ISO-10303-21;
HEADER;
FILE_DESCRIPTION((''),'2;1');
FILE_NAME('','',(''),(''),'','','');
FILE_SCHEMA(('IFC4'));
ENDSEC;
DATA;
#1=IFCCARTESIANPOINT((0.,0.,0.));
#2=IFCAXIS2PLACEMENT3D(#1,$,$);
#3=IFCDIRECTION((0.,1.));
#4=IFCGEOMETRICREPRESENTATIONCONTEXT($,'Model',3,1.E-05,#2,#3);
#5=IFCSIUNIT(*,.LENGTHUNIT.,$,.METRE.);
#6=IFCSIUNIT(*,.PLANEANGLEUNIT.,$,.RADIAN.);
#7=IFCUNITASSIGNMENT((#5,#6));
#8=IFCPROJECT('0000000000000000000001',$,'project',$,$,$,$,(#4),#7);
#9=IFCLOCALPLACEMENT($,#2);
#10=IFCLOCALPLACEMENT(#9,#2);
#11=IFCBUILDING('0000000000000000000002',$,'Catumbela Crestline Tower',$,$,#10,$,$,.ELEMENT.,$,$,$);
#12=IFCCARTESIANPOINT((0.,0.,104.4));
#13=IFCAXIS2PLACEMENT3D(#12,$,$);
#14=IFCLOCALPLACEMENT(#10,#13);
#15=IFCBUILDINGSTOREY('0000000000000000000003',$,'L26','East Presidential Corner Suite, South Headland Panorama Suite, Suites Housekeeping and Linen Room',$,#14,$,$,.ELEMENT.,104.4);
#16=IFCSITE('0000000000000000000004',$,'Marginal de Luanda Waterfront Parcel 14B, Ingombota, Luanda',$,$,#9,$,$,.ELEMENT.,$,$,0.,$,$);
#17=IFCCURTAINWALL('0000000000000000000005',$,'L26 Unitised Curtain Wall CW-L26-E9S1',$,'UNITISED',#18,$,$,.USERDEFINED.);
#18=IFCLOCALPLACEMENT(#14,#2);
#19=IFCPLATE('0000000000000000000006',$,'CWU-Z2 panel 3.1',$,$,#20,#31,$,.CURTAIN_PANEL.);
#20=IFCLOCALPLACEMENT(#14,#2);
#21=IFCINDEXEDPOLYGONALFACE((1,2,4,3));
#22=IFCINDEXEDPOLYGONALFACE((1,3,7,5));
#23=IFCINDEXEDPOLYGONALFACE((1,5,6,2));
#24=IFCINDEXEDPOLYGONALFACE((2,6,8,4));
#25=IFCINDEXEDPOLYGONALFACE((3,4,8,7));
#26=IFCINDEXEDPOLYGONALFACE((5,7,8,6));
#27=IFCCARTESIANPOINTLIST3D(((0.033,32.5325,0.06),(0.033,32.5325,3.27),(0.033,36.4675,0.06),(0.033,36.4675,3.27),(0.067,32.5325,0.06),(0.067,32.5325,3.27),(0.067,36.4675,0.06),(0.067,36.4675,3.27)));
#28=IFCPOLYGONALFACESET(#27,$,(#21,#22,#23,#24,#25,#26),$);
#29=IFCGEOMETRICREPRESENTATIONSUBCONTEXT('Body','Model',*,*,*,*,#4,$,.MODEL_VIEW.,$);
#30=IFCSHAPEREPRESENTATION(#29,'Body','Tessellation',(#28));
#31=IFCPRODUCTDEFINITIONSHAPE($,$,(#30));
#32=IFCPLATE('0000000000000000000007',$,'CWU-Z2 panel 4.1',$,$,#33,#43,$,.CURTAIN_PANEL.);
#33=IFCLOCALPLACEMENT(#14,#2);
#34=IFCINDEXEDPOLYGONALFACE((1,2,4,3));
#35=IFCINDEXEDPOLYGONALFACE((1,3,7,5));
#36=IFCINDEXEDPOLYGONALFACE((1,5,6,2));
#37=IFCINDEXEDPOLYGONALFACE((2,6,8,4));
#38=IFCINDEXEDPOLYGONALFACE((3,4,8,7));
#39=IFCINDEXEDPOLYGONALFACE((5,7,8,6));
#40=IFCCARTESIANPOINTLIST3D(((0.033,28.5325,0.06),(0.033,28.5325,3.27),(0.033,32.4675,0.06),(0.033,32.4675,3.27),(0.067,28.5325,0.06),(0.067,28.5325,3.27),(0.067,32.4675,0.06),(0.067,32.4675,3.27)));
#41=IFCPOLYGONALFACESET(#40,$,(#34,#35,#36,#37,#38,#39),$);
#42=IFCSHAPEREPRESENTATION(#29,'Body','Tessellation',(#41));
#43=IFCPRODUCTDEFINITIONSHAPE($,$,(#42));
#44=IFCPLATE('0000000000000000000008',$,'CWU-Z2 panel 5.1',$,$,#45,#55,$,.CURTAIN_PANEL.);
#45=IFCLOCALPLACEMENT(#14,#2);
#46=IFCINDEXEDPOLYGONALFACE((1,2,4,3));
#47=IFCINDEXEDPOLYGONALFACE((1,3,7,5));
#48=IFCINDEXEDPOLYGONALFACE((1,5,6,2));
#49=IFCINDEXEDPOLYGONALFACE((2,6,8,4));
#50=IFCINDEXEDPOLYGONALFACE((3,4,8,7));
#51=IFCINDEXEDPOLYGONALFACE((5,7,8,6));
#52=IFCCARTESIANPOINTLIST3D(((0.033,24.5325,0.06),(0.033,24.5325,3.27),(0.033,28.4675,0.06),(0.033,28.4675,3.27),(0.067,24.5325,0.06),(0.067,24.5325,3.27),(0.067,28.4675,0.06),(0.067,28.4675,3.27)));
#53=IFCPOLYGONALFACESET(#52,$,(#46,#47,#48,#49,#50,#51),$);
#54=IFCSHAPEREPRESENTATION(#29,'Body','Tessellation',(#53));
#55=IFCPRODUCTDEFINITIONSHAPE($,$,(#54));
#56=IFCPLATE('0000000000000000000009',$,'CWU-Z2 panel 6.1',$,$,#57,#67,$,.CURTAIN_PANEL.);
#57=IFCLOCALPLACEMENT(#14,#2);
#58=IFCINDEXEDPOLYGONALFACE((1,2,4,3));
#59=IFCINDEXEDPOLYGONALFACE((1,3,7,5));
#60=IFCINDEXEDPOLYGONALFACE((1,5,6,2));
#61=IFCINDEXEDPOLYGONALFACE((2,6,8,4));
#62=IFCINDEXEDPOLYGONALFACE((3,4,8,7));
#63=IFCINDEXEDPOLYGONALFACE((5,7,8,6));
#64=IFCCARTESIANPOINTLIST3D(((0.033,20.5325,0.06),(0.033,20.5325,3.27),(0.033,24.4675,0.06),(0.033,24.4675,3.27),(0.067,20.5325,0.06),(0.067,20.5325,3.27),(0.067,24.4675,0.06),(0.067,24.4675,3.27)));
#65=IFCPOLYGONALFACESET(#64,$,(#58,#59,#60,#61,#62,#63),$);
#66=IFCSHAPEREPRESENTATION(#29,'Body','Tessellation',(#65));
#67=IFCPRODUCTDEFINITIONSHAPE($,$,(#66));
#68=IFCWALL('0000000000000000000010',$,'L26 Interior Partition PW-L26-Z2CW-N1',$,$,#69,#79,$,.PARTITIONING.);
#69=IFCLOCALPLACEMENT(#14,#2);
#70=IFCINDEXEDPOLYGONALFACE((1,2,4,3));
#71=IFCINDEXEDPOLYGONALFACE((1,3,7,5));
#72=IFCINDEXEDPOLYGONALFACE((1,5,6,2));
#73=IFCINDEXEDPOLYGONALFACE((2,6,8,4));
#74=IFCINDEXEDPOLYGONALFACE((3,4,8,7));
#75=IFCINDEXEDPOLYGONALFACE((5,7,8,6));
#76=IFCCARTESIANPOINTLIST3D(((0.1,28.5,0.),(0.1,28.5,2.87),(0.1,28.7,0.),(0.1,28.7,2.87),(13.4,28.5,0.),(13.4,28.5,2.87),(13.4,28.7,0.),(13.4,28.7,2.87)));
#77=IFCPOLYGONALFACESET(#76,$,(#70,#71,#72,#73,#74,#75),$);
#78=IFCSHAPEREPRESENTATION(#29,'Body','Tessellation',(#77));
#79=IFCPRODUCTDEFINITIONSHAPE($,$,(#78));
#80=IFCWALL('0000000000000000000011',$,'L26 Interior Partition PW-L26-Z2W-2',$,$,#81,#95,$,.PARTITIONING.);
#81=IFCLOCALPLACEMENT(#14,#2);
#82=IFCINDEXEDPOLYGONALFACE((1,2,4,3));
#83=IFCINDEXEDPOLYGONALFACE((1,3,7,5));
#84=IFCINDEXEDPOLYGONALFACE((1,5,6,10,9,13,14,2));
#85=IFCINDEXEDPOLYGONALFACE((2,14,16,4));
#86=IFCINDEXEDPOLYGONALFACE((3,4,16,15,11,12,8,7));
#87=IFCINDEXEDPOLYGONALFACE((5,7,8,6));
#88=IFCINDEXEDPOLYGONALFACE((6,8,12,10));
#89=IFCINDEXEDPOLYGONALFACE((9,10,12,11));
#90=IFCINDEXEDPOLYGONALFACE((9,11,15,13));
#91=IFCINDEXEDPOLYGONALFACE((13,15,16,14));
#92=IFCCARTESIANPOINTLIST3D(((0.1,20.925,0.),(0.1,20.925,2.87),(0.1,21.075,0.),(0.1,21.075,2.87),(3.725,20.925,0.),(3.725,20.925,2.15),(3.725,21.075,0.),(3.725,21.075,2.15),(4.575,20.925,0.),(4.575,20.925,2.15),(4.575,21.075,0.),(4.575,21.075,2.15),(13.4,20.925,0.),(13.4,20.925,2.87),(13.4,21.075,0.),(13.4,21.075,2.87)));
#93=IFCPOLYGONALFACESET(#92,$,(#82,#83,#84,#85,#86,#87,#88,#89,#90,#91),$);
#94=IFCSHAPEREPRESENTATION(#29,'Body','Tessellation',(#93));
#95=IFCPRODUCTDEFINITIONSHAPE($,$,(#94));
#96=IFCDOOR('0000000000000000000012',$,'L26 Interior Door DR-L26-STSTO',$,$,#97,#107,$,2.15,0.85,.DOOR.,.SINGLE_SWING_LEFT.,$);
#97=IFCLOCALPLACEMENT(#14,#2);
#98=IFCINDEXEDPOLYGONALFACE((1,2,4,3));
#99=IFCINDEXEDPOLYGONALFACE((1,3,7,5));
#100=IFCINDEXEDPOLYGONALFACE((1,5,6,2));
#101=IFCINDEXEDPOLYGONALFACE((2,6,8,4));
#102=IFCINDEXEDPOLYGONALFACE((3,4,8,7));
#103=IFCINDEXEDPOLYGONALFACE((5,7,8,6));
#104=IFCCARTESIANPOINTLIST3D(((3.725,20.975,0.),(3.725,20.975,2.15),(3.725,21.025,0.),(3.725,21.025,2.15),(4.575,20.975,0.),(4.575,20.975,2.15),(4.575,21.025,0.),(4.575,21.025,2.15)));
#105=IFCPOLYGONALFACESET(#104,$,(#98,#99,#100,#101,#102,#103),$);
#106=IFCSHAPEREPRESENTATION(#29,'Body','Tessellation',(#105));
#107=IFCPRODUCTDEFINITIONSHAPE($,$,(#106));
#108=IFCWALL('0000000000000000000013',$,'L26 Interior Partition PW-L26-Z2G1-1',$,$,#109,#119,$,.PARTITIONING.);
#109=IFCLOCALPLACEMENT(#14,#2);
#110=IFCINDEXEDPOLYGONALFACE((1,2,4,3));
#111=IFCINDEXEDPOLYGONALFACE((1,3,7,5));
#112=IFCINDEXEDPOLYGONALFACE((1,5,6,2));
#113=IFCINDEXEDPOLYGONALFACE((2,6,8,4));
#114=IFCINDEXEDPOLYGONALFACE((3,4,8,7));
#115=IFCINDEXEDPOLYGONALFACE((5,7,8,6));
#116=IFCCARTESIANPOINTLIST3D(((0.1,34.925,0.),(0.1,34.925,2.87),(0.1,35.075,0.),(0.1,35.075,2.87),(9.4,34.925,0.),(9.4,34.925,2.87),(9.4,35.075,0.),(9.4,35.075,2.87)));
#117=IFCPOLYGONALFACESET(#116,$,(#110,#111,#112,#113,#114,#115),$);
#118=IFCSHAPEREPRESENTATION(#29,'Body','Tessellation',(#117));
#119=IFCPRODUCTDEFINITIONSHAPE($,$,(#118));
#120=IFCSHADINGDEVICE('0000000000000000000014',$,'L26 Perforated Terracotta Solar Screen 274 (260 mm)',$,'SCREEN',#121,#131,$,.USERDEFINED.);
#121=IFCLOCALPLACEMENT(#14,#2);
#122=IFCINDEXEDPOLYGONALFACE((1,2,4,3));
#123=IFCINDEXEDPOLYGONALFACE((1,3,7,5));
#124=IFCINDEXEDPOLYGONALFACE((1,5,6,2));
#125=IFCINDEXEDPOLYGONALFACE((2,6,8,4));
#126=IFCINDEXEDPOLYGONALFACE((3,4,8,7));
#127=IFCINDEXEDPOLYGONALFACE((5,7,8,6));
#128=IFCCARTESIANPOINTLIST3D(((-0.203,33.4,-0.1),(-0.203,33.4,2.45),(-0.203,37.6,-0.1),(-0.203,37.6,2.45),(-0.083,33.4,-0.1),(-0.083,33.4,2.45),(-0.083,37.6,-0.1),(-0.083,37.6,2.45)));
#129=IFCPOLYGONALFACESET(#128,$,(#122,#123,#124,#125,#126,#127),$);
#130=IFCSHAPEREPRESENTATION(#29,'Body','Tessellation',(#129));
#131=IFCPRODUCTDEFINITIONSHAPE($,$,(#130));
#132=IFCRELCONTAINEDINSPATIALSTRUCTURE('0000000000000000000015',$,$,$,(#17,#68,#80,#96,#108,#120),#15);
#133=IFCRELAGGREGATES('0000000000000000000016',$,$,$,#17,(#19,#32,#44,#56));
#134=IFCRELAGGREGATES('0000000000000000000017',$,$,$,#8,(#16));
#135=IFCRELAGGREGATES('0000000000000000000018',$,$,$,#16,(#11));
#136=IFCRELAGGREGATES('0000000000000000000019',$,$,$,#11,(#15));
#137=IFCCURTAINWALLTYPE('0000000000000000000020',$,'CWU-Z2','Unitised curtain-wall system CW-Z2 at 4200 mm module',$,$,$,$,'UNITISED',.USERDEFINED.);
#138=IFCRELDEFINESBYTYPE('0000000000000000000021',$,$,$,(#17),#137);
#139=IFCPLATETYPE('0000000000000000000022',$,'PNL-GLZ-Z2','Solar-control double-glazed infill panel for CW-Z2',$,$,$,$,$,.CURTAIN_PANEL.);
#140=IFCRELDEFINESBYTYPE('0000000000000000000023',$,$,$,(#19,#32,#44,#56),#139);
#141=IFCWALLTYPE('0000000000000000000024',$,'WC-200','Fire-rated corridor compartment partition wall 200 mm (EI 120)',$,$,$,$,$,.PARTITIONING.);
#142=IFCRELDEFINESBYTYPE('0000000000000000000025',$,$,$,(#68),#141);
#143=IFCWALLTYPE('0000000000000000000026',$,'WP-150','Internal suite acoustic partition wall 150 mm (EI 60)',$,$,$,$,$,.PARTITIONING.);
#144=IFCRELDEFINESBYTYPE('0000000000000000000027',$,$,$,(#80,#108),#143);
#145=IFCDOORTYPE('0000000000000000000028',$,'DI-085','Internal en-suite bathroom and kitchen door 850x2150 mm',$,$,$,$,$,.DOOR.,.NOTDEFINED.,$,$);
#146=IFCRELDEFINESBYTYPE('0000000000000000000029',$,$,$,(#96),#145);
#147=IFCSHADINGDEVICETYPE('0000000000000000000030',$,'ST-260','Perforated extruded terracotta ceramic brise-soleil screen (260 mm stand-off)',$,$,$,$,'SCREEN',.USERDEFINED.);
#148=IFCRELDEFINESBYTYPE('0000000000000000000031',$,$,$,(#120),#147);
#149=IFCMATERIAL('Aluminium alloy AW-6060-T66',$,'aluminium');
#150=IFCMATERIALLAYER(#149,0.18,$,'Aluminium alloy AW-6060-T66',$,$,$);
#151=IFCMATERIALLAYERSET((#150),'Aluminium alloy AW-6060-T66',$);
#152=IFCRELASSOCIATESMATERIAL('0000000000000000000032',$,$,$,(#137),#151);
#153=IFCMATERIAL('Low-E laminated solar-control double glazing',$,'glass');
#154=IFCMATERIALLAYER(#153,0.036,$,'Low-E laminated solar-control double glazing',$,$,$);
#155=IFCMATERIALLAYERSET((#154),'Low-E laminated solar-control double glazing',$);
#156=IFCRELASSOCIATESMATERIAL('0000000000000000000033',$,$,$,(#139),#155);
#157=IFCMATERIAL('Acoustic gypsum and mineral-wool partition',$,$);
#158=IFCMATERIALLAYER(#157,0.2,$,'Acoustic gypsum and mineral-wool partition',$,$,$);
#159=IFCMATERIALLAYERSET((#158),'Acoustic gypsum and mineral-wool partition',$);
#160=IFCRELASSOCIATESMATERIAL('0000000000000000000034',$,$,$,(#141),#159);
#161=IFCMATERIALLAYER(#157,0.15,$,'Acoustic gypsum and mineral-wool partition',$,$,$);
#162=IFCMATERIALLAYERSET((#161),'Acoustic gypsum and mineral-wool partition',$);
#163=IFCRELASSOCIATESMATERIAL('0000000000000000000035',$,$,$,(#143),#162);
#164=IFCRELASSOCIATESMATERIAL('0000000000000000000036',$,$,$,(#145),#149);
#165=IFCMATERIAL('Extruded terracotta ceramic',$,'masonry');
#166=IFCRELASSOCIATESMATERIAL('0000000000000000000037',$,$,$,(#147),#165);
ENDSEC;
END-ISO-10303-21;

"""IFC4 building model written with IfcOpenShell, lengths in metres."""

from ifc_helpers import new_model, si_unit, direction, frame, frame_2d, origin, origin_2d, place, context, subcontext, project, spatial, rectangle, extrude, material, layer, layer_set, type_object, element, fill, aggregate, save


model = new_model("IFC4")

# Units and contexts
model_context = context("Model", 3, precision=1e-05, world=origin(), true_north=direction((0.0, 1.0)))
body_context = subcontext(model_context, "Body", "Model", "MODEL_VIEW")
ifc_project = project(units=[si_unit("LENGTHUNIT", "METRE"), si_unit("PLANEANGLEUNIT", "RADIAN")], contexts=[model_context])

# Site, building, storey
site_placement = place(None, origin())
site = spatial("IfcSite", under=ifc_project, at=site_placement, Name="Marginal de Luanda Waterfront Parcel 14B, Ingombota, Luanda", CompositionType="ELEMENT", RefElevation=0.0)
building_placement = place(site_placement, origin())
building = spatial("IfcBuilding", under=site, at=building_placement, Name="Catumbela Crestline Tower", CompositionType="ELEMENT")
storey_placement = place(building_placement, frame((0.0, 0.0, 104.4)))
storey = spatial("IfcBuildingStorey", under=building, at=storey_placement, Name="L26", Description="East Presidential Corner Suite, South Headland Panorama Suite, Suites Housekeeping and Linen Room", CompositionType="ELEMENT", Elevation=104.4)

# Curtain wall
ifc_material_1 = material(Name="Aluminium alloy AW-6060-T66", Category="aluminium")
ifc_layer_1 = layer(ifc_material_1, 0.18, Name="Aluminium alloy AW-6060-T66")
ifc_layer_set_1 = layer_set([ifc_layer_1], Name="Aluminium alloy AW-6060-T66")
curtain_wall_type = type_object("IfcCurtainWallType", Name="CWU-Z2", Description="Unitised curtain-wall system CW-Z2 at 4200 mm module", ElementType="UNITISED", PredefinedType="USERDEFINED", material=ifc_layer_set_1)
curtain_wall_placement = place(storey_placement, origin())
curtain_wall = element("IfcCurtainWall", 1, at=curtain_wall_placement, inside=storey, type_object=curtain_wall_type, Name="L26 Unitised Curtain Wall CW-L26-E9S1", ObjectType="UNITISED", PredefinedType="USERDEFINED")

# Plates
ifc_material_2 = material(Name="Low-E laminated solar-control double glazing", Category="glass")
ifc_layer_2 = layer(ifc_material_2, 0.036, Name="Low-E laminated solar-control double glazing")
ifc_layer_set_2 = layer_set([ifc_layer_2], Name="Low-E laminated solar-control double glazing")
plate_type = type_object("IfcPlateType", Name="PNL-GLZ-Z2", Description="Solar-control double-glazed infill panel for CW-Z2", PredefinedType="CURTAIN_PANEL", material=ifc_layer_set_2)
plate_1_placement = place(storey_placement, frame((0.05, 34.5, 0.06), z_axis=(0.0, 0.0, 1.0), x_axis=(0.0, -1.0, 0.0)))
plate_1 = element("IfcPlate", 2, at=plate_1_placement, type_object=plate_type, Name="CWU-Z2 panel 3.1", PredefinedType="CURTAIN_PANEL", context=body_context, shape_type="SweptSolid", body=[
    extrude(rectangle(XDim=3.935, YDim=0.034, at=origin_2d()), origin(), (0.0, 0.0, 1.0), 3.21),
])
plate_2_placement = place(storey_placement, frame((0.05, 30.5, 0.06), z_axis=(0.0, 0.0, 1.0), x_axis=(0.0, -1.0, 0.0)))
plate_2 = element("IfcPlate", 3, at=plate_2_placement, type_object=plate_type, Name="CWU-Z2 panel 4.1", PredefinedType="CURTAIN_PANEL", context=body_context, shape_type="SweptSolid", body=[
    extrude(rectangle(XDim=3.935, YDim=0.034, at=origin_2d()), origin(), (0.0, 0.0, 1.0), 3.21),
])
plate_3_placement = place(storey_placement, frame((0.05, 26.5, 0.06), z_axis=(0.0, 0.0, 1.0), x_axis=(0.0, -1.0, 0.0)))
plate_3 = element("IfcPlate", 4, at=plate_3_placement, type_object=plate_type, Name="CWU-Z2 panel 5.1", PredefinedType="CURTAIN_PANEL", context=body_context, shape_type="SweptSolid", body=[
    extrude(rectangle(XDim=3.935, YDim=0.034, at=origin_2d()), origin(), (0.0, 0.0, 1.0), 3.21),
])
plate_4_placement = place(storey_placement, frame((0.05, 22.5, 0.06), z_axis=(0.0, 0.0, 1.0), x_axis=(0.0, -1.0, 0.0)))
plate_4 = element("IfcPlate", 5, at=plate_4_placement, type_object=plate_type, Name="CWU-Z2 panel 6.1", PredefinedType="CURTAIN_PANEL", context=body_context, shape_type="SweptSolid", body=[
    extrude(rectangle(XDim=3.935, YDim=0.034, at=origin_2d()), origin(), (0.0, 0.0, 1.0), 3.21),
])
aggregate(curtain_wall, [plate_1, plate_2, plate_3, plate_4])

# Wall
ifc_material_3 = material(Name="Acoustic gypsum and mineral-wool partition")
ifc_layer_3 = layer(ifc_material_3, 0.2, Name="Acoustic gypsum and mineral-wool partition")
ifc_layer_set_3 = layer_set([ifc_layer_3], Name="Acoustic gypsum and mineral-wool partition")
wall_type_1 = type_object("IfcWallType", Name="WC-200", Description="Fire-rated corridor compartment partition wall 200 mm (EI 120)", PredefinedType="PARTITIONING", material=ifc_layer_set_3)
wall_1_placement = place(storey_placement, frame((0.1, 28.6, 0.0), z_axis=(0.0, 0.0, 1.0), x_axis=(1.0, 0.0, 0.0)))
element("IfcWall", 6, at=wall_1_placement, inside=storey, type_object=wall_type_1, Name="L26 Interior Partition PW-L26-Z2CW-N1", PredefinedType="PARTITIONING", context=body_context, shape_type="SweptSolid", body=[
    extrude(rectangle(XDim=13.3, YDim=0.2, at=frame_2d((6.65, 0.0))), origin(), (0.0, 0.0, 1.0), 2.87),
])

# Wall, opening, door
ifc_layer_4 = layer(ifc_material_3, 0.15, Name="Acoustic gypsum and mineral-wool partition")
ifc_layer_set_4 = layer_set([ifc_layer_4], Name="Acoustic gypsum and mineral-wool partition")
wall_type_2 = type_object("IfcWallType", Name="WP-150", Description="Internal suite acoustic partition wall 150 mm (EI 60)", PredefinedType="PARTITIONING", material=ifc_layer_set_4)
wall_2_placement = place(storey_placement, frame((0.1, 21.0, 0.0), z_axis=(0.0, 0.0, 1.0), x_axis=(1.0, 0.0, 0.0)))
wall_2 = element("IfcWall", 7, at=wall_2_placement, inside=storey, type_object=wall_type_2, Name="L26 Interior Partition PW-L26-Z2W-2", PredefinedType="PARTITIONING", context=body_context, shape_type="SweptSolid", body=[
    extrude(rectangle(XDim=13.3, YDim=0.15, at=frame_2d((6.65, 0.0))), origin(), (0.0, 0.0, 1.0), 2.87),
])
opening_placement = place(wall_2_placement, frame((3.625, 0.0, 0.0)))
opening = element("IfcOpeningElement", 8, at=opening_placement, cuts=wall_2, PredefinedType="OPENING", context=body_context, shape_type="SweptSolid", body=[
    extrude(rectangle(XDim=0.85, YDim=2.15, at=frame_2d((0.425, 1.075))), frame((0.0, 0.085, 0.0), z_axis=(0.0, -1.0, 0.0), x_axis=(1.0, 0.0, 0.0)), (0.0, 0.0, 1.0), 0.17),
])
door_type = type_object("IfcDoorType", Name="DI-085", Description="Internal en-suite bathroom and kitchen door 850x2150 mm", OperationType="NOTDEFINED", PredefinedType="DOOR", material=ifc_material_1)
door_placement = place(opening_placement, origin())
door = element("IfcDoor", 9, at=door_placement, inside=storey, type_object=door_type, Name="L26 Interior Door DR-L26-STSTO", OperationType="SINGLE_SWING_LEFT", OverallHeight=2.15, OverallWidth=0.85, PredefinedType="DOOR", context=body_context, shape_type="SweptSolid", body=[
    extrude(rectangle(XDim=0.85, YDim=2.15, at=frame_2d((0.425, 1.075))), frame((0.0, 0.025, 0.0), z_axis=(0.0, -1.0, 0.0), x_axis=(1.0, 0.0, 0.0)), (0.0, 0.0, 1.0), 0.05),
])
fill(opening, door)

# Wall
wall_3_placement = place(storey_placement, frame((0.1, 35.0, 0.0), z_axis=(0.0, 0.0, 1.0), x_axis=(1.0, 0.0, 0.0)))
element("IfcWall", 10, at=wall_3_placement, inside=storey, type_object=wall_type_2, Name="L26 Interior Partition PW-L26-Z2G1-1", PredefinedType="PARTITIONING", context=body_context, shape_type="SweptSolid", body=[
    extrude(rectangle(XDim=9.3, YDim=0.15, at=frame_2d((4.65, 0.0))), origin(), (0.0, 0.0, 1.0), 2.87),
])

# Shading device
ifc_material_4 = material(Name="Extruded terracotta ceramic", Category="masonry")
shading_device_type = type_object("IfcShadingDeviceType", Name="ST-260", Description="Perforated extruded terracotta ceramic brise-soleil screen (260 mm stand-off)", ElementType="SCREEN", PredefinedType="USERDEFINED", material=ifc_material_4)
shading_device_placement = place(storey_placement, frame((-0.143, 35.5, -0.1), z_axis=(0.0, 0.0, 1.0), x_axis=(0.0, -1.0, 0.0)))
element("IfcShadingDevice", 11, at=shading_device_placement, inside=storey, type_object=shading_device_type, Name="L26 Perforated Terracotta Solar Screen 274 (260 mm)", ObjectType="SCREEN", PredefinedType="USERDEFINED", context=body_context, shape_type="SweptSolid", body=[
    extrude(rectangle(XDim=4.2, YDim=0.12, at=origin_2d()), origin(), (0.0, 0.0, 1.0), 2.55),
])

save(model, "model.ifc")
